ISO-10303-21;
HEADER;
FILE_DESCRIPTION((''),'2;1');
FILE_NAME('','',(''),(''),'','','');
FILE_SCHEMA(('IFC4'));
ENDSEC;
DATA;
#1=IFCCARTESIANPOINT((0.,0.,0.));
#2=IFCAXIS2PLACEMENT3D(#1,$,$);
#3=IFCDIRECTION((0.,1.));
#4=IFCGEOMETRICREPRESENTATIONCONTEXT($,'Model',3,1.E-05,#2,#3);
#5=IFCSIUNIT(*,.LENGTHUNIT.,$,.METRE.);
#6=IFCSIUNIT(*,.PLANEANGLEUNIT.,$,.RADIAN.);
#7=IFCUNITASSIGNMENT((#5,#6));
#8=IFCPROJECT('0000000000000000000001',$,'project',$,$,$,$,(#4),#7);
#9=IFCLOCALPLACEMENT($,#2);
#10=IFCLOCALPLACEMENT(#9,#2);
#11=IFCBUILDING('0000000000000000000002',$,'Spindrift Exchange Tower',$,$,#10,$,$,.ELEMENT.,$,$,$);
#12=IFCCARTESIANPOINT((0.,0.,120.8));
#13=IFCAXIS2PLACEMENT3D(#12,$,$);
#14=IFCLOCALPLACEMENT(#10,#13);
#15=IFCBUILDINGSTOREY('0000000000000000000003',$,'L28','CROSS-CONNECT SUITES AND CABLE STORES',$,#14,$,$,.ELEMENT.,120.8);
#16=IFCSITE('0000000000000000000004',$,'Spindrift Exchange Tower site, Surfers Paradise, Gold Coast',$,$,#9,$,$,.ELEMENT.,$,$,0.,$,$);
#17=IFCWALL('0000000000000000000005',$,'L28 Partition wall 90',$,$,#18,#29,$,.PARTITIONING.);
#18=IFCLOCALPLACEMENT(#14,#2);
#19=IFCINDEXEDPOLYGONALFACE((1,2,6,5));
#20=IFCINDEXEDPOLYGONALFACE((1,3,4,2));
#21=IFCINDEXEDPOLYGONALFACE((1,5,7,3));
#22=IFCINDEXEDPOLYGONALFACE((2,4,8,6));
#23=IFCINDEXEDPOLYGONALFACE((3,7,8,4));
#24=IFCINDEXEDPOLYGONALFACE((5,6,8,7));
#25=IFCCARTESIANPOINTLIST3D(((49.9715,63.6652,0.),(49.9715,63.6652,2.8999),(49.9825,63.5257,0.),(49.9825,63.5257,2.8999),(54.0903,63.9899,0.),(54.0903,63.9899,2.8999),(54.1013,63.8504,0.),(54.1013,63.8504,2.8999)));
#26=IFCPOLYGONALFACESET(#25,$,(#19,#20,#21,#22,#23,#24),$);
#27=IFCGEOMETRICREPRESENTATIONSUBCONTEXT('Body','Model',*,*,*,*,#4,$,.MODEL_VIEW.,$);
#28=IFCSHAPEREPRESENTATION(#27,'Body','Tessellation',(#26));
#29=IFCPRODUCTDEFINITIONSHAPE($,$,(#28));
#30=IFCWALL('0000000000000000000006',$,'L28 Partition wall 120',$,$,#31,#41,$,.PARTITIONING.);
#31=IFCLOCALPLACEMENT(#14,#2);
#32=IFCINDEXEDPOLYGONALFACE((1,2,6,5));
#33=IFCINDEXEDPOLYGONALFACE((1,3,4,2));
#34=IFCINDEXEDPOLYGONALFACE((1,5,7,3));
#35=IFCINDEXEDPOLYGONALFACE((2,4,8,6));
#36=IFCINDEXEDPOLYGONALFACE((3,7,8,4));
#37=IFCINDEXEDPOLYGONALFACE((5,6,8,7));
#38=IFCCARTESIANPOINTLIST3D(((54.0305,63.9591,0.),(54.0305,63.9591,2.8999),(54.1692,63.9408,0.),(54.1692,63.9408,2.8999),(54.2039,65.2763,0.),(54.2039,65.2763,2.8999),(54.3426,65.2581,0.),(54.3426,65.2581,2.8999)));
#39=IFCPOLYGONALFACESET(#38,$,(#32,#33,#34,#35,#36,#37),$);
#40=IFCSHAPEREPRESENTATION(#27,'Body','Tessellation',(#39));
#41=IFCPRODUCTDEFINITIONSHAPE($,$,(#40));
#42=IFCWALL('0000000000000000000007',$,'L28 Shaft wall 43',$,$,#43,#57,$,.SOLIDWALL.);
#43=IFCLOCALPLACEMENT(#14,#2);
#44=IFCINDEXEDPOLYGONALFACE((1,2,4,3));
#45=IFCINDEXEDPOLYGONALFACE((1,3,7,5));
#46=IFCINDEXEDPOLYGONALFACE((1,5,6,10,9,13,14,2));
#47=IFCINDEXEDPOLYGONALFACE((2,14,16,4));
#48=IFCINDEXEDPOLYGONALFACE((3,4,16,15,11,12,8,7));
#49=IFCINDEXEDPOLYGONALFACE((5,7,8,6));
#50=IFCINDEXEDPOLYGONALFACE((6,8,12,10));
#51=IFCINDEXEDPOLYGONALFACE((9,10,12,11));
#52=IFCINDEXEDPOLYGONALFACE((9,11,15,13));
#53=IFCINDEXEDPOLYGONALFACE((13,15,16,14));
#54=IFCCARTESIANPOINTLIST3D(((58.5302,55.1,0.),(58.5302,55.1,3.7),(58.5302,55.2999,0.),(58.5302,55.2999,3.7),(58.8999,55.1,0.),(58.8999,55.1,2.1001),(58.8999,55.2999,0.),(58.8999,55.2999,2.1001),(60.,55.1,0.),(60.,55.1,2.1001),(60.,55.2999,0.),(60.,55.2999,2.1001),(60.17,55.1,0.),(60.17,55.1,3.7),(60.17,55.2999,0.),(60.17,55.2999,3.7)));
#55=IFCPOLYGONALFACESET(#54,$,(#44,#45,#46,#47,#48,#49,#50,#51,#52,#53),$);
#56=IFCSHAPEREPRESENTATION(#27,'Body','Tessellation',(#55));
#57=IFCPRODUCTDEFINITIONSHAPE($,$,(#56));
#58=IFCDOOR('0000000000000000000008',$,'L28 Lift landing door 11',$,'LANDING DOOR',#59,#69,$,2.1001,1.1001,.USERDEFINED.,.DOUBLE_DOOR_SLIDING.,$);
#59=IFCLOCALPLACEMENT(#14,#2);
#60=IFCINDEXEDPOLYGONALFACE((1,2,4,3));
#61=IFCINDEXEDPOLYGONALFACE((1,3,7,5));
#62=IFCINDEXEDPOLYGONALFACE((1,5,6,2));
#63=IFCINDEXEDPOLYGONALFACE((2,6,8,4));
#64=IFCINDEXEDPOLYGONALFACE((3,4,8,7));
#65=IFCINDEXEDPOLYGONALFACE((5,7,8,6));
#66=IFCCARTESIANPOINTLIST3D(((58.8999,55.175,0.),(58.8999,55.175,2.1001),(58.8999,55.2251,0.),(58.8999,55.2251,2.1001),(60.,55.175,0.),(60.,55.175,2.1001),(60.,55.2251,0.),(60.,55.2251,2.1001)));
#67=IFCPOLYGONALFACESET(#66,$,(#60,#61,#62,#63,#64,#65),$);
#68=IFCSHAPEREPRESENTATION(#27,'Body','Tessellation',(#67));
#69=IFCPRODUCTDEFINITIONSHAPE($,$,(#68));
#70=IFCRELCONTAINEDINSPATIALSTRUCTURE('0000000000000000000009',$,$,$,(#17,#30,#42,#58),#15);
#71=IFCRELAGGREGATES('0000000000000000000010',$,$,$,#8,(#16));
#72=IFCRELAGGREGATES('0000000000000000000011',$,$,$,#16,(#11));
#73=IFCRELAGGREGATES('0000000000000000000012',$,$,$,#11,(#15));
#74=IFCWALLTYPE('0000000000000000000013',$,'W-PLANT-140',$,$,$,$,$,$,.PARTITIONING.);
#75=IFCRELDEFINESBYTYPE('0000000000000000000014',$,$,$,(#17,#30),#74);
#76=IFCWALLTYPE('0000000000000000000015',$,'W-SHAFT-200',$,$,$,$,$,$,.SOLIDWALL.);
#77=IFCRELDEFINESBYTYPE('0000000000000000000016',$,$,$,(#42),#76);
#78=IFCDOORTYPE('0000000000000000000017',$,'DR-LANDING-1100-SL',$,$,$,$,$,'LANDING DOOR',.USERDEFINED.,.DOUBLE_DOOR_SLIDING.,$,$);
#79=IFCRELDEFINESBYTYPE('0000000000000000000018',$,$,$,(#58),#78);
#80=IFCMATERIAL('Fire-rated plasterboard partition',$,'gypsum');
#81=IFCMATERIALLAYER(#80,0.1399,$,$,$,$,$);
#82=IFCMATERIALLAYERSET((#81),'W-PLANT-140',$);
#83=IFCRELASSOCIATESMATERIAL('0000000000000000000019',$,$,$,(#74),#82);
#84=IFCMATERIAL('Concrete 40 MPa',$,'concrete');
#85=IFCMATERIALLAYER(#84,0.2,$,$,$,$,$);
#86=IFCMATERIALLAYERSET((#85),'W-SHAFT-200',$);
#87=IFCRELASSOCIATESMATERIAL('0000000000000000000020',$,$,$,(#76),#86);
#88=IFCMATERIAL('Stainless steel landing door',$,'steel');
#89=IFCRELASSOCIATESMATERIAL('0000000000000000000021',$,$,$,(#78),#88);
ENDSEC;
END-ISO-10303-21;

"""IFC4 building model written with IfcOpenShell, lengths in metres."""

from ifc_helpers import new_model, si_unit, direction, frame, frame_2d, origin, place, context, subcontext, project, spatial, rectangle, extrude, source, transform, mapped, material, layer, layer_set, type_object, element, fill, save


model = new_model("IFC4")

# Units and contexts
model_context = context("Model", 3, precision=1e-05, world=origin(), true_north=direction((0.0, 1.0)))
body_context = subcontext(model_context, "Body", "Model", "MODEL_VIEW")
ifc_project = project(units=[si_unit("LENGTHUNIT", "METRE"), si_unit("PLANEANGLEUNIT", "RADIAN")], contexts=[model_context])

# Site, building, storey
site_placement = place(None, origin())
site = spatial("IfcSite", under=ifc_project, at=site_placement, Name="Spindrift Exchange Tower site, Surfers Paradise, Gold Coast", CompositionType="ELEMENT", RefElevation=0.0)
building_placement = place(site_placement, origin())
building = spatial("IfcBuilding", under=site, at=building_placement, Name="Spindrift Exchange Tower", CompositionType="ELEMENT")
storey_placement = place(building_placement, frame((0.0, 0.0, 120.8)))
storey = spatial("IfcBuildingStorey", under=building, at=storey_placement, Name="L28", Description="CROSS-CONNECT SUITES AND CABLE STORES", CompositionType="ELEMENT", Elevation=120.8)

# Shared definitions
ifc_material_1 = material(Name="Fire-rated plasterboard partition", Category="gypsum")

# Walls
ifc_layer_1 = layer(ifc_material_1, 0.1399)
ifc_layer_set_1 = layer_set([ifc_layer_1], Name="W-PLANT-140")
wall_type_1 = type_object("IfcWallType", Name="W-PLANT-140", PredefinedType="PARTITIONING", material=ifc_layer_set_1)
wall_1_placement = place(storey_placement, frame((54.0959, 63.9202, 0.0), z_axis=(0.0, 0.0, 1.0), x_axis=(-0.996907, -0.07859, 0.0)))
element("IfcWall", 1, at=wall_1_placement, inside=storey, type_object=wall_type_1, Name="L28 Partition wall 90", PredefinedType="PARTITIONING", context=body_context, shape_type="SweptSolid", body=[
    extrude(rectangle(XDim=4.1316, YDim=0.1399, at=frame_2d((2.0659, 0.0))), origin(), (0.0, 0.0, 1.0), 2.8999),
])
wall_2_placement = place(storey_placement, frame((54.0999, 63.95, 0.0), z_axis=(0.0, 0.0, 1.0), x_axis=(0.130478, 0.991451, 0.0)))
element("IfcWall", 2, at=wall_2_placement, inside=storey, type_object=wall_type_1, Name="L28 Partition wall 120", PredefinedType="PARTITIONING", context=body_context, shape_type="SweptSolid", body=[
    extrude(rectangle(XDim=1.3286, YDim=0.1399, at=frame_2d((0.6643, 0.0))), origin(), (0.0, 0.0, 1.0), 2.8999),
])

# Wall, opening, door
ifc_material_2 = material(Name="Concrete 40 MPa", Category="concrete")
ifc_layer_2 = layer(ifc_material_2, 0.2)
ifc_layer_set_2 = layer_set([ifc_layer_2], Name="W-SHAFT-200")
wall_type_2 = type_object("IfcWallType", Name="W-SHAFT-200", PredefinedType="SOLIDWALL", material=ifc_layer_set_2)
wall_3_placement = place(storey_placement, frame((60.1699, 55.2, 0.0), z_axis=(0.0, 0.0, 1.0), x_axis=(-1.0, 0.0, 0.0)))
wall_3 = element("IfcWall", 3, at=wall_3_placement, inside=storey, type_object=wall_type_2, Name="L28 Shaft wall 43", PredefinedType="SOLIDWALL", context=body_context, shape_type="SweptSolid", body=[
    extrude(rectangle(XDim=1.6399, YDim=0.2, at=frame_2d((0.8198, 0.0))), origin(), (0.0, 0.0, 1.0), 3.7),
])
opening_1_placement = place(wall_3_placement, frame((0.1699, 0.0, 0.0)))
opening_1 = element("IfcOpeningElement", 4, at=opening_1_placement, cuts=wall_3, PredefinedType="OPENING", context=body_context, shape_type="SweptSolid", body=[
    extrude(rectangle(XDim=1.1001, YDim=2.1001, at=frame_2d((0.55, 1.05))), frame((0.0, 0.1099, 0.0), z_axis=(0.0, -1.0, 0.0), x_axis=(1.0, 0.0, 0.0)), (0.0, 0.0, 1.0), 0.22),
])
ifc_material_3 = material(Name="Stainless steel landing door", Category="steel")
door_type_1 = type_object("IfcDoorType", Name="DR-LANDING-1100-SL", ElementType="LANDING DOOR", OperationType="DOUBLE_DOOR_SLIDING", PredefinedType="USERDEFINED", material=ifc_material_3)
shared_shape_1 = source(origin(), body_context, "Body", "SweptSolid", [
    extrude(rectangle(XDim=1.1001, YDim=2.1001, at=frame_2d((0.55, 1.05))), frame((0.0, 0.0249, 0.0), z_axis=(0.0, -1.0, 0.0), x_axis=(1.0, 0.0, 0.0)), (0.0, 0.0, 1.0), 0.05),
])
door_1_placement = place(opening_1_placement, origin())
door_1 = element("IfcDoor", 5, at=door_1_placement, inside=storey, type_object=door_type_1, Name="L28 Lift landing door 11", ObjectType="LANDING DOOR", OperationType="DOUBLE_DOOR_SLIDING", OverallHeight=2.1001, OverallWidth=1.1001, PredefinedType="USERDEFINED", context=body_context, shape_type="MappedRepresentation", body=[
    mapped(shared_shape_1, transform((0.0, 0.0, 0.0), scale=1.0)),
])
fill(opening_1, door_1)

save(model, "model.ifc")
